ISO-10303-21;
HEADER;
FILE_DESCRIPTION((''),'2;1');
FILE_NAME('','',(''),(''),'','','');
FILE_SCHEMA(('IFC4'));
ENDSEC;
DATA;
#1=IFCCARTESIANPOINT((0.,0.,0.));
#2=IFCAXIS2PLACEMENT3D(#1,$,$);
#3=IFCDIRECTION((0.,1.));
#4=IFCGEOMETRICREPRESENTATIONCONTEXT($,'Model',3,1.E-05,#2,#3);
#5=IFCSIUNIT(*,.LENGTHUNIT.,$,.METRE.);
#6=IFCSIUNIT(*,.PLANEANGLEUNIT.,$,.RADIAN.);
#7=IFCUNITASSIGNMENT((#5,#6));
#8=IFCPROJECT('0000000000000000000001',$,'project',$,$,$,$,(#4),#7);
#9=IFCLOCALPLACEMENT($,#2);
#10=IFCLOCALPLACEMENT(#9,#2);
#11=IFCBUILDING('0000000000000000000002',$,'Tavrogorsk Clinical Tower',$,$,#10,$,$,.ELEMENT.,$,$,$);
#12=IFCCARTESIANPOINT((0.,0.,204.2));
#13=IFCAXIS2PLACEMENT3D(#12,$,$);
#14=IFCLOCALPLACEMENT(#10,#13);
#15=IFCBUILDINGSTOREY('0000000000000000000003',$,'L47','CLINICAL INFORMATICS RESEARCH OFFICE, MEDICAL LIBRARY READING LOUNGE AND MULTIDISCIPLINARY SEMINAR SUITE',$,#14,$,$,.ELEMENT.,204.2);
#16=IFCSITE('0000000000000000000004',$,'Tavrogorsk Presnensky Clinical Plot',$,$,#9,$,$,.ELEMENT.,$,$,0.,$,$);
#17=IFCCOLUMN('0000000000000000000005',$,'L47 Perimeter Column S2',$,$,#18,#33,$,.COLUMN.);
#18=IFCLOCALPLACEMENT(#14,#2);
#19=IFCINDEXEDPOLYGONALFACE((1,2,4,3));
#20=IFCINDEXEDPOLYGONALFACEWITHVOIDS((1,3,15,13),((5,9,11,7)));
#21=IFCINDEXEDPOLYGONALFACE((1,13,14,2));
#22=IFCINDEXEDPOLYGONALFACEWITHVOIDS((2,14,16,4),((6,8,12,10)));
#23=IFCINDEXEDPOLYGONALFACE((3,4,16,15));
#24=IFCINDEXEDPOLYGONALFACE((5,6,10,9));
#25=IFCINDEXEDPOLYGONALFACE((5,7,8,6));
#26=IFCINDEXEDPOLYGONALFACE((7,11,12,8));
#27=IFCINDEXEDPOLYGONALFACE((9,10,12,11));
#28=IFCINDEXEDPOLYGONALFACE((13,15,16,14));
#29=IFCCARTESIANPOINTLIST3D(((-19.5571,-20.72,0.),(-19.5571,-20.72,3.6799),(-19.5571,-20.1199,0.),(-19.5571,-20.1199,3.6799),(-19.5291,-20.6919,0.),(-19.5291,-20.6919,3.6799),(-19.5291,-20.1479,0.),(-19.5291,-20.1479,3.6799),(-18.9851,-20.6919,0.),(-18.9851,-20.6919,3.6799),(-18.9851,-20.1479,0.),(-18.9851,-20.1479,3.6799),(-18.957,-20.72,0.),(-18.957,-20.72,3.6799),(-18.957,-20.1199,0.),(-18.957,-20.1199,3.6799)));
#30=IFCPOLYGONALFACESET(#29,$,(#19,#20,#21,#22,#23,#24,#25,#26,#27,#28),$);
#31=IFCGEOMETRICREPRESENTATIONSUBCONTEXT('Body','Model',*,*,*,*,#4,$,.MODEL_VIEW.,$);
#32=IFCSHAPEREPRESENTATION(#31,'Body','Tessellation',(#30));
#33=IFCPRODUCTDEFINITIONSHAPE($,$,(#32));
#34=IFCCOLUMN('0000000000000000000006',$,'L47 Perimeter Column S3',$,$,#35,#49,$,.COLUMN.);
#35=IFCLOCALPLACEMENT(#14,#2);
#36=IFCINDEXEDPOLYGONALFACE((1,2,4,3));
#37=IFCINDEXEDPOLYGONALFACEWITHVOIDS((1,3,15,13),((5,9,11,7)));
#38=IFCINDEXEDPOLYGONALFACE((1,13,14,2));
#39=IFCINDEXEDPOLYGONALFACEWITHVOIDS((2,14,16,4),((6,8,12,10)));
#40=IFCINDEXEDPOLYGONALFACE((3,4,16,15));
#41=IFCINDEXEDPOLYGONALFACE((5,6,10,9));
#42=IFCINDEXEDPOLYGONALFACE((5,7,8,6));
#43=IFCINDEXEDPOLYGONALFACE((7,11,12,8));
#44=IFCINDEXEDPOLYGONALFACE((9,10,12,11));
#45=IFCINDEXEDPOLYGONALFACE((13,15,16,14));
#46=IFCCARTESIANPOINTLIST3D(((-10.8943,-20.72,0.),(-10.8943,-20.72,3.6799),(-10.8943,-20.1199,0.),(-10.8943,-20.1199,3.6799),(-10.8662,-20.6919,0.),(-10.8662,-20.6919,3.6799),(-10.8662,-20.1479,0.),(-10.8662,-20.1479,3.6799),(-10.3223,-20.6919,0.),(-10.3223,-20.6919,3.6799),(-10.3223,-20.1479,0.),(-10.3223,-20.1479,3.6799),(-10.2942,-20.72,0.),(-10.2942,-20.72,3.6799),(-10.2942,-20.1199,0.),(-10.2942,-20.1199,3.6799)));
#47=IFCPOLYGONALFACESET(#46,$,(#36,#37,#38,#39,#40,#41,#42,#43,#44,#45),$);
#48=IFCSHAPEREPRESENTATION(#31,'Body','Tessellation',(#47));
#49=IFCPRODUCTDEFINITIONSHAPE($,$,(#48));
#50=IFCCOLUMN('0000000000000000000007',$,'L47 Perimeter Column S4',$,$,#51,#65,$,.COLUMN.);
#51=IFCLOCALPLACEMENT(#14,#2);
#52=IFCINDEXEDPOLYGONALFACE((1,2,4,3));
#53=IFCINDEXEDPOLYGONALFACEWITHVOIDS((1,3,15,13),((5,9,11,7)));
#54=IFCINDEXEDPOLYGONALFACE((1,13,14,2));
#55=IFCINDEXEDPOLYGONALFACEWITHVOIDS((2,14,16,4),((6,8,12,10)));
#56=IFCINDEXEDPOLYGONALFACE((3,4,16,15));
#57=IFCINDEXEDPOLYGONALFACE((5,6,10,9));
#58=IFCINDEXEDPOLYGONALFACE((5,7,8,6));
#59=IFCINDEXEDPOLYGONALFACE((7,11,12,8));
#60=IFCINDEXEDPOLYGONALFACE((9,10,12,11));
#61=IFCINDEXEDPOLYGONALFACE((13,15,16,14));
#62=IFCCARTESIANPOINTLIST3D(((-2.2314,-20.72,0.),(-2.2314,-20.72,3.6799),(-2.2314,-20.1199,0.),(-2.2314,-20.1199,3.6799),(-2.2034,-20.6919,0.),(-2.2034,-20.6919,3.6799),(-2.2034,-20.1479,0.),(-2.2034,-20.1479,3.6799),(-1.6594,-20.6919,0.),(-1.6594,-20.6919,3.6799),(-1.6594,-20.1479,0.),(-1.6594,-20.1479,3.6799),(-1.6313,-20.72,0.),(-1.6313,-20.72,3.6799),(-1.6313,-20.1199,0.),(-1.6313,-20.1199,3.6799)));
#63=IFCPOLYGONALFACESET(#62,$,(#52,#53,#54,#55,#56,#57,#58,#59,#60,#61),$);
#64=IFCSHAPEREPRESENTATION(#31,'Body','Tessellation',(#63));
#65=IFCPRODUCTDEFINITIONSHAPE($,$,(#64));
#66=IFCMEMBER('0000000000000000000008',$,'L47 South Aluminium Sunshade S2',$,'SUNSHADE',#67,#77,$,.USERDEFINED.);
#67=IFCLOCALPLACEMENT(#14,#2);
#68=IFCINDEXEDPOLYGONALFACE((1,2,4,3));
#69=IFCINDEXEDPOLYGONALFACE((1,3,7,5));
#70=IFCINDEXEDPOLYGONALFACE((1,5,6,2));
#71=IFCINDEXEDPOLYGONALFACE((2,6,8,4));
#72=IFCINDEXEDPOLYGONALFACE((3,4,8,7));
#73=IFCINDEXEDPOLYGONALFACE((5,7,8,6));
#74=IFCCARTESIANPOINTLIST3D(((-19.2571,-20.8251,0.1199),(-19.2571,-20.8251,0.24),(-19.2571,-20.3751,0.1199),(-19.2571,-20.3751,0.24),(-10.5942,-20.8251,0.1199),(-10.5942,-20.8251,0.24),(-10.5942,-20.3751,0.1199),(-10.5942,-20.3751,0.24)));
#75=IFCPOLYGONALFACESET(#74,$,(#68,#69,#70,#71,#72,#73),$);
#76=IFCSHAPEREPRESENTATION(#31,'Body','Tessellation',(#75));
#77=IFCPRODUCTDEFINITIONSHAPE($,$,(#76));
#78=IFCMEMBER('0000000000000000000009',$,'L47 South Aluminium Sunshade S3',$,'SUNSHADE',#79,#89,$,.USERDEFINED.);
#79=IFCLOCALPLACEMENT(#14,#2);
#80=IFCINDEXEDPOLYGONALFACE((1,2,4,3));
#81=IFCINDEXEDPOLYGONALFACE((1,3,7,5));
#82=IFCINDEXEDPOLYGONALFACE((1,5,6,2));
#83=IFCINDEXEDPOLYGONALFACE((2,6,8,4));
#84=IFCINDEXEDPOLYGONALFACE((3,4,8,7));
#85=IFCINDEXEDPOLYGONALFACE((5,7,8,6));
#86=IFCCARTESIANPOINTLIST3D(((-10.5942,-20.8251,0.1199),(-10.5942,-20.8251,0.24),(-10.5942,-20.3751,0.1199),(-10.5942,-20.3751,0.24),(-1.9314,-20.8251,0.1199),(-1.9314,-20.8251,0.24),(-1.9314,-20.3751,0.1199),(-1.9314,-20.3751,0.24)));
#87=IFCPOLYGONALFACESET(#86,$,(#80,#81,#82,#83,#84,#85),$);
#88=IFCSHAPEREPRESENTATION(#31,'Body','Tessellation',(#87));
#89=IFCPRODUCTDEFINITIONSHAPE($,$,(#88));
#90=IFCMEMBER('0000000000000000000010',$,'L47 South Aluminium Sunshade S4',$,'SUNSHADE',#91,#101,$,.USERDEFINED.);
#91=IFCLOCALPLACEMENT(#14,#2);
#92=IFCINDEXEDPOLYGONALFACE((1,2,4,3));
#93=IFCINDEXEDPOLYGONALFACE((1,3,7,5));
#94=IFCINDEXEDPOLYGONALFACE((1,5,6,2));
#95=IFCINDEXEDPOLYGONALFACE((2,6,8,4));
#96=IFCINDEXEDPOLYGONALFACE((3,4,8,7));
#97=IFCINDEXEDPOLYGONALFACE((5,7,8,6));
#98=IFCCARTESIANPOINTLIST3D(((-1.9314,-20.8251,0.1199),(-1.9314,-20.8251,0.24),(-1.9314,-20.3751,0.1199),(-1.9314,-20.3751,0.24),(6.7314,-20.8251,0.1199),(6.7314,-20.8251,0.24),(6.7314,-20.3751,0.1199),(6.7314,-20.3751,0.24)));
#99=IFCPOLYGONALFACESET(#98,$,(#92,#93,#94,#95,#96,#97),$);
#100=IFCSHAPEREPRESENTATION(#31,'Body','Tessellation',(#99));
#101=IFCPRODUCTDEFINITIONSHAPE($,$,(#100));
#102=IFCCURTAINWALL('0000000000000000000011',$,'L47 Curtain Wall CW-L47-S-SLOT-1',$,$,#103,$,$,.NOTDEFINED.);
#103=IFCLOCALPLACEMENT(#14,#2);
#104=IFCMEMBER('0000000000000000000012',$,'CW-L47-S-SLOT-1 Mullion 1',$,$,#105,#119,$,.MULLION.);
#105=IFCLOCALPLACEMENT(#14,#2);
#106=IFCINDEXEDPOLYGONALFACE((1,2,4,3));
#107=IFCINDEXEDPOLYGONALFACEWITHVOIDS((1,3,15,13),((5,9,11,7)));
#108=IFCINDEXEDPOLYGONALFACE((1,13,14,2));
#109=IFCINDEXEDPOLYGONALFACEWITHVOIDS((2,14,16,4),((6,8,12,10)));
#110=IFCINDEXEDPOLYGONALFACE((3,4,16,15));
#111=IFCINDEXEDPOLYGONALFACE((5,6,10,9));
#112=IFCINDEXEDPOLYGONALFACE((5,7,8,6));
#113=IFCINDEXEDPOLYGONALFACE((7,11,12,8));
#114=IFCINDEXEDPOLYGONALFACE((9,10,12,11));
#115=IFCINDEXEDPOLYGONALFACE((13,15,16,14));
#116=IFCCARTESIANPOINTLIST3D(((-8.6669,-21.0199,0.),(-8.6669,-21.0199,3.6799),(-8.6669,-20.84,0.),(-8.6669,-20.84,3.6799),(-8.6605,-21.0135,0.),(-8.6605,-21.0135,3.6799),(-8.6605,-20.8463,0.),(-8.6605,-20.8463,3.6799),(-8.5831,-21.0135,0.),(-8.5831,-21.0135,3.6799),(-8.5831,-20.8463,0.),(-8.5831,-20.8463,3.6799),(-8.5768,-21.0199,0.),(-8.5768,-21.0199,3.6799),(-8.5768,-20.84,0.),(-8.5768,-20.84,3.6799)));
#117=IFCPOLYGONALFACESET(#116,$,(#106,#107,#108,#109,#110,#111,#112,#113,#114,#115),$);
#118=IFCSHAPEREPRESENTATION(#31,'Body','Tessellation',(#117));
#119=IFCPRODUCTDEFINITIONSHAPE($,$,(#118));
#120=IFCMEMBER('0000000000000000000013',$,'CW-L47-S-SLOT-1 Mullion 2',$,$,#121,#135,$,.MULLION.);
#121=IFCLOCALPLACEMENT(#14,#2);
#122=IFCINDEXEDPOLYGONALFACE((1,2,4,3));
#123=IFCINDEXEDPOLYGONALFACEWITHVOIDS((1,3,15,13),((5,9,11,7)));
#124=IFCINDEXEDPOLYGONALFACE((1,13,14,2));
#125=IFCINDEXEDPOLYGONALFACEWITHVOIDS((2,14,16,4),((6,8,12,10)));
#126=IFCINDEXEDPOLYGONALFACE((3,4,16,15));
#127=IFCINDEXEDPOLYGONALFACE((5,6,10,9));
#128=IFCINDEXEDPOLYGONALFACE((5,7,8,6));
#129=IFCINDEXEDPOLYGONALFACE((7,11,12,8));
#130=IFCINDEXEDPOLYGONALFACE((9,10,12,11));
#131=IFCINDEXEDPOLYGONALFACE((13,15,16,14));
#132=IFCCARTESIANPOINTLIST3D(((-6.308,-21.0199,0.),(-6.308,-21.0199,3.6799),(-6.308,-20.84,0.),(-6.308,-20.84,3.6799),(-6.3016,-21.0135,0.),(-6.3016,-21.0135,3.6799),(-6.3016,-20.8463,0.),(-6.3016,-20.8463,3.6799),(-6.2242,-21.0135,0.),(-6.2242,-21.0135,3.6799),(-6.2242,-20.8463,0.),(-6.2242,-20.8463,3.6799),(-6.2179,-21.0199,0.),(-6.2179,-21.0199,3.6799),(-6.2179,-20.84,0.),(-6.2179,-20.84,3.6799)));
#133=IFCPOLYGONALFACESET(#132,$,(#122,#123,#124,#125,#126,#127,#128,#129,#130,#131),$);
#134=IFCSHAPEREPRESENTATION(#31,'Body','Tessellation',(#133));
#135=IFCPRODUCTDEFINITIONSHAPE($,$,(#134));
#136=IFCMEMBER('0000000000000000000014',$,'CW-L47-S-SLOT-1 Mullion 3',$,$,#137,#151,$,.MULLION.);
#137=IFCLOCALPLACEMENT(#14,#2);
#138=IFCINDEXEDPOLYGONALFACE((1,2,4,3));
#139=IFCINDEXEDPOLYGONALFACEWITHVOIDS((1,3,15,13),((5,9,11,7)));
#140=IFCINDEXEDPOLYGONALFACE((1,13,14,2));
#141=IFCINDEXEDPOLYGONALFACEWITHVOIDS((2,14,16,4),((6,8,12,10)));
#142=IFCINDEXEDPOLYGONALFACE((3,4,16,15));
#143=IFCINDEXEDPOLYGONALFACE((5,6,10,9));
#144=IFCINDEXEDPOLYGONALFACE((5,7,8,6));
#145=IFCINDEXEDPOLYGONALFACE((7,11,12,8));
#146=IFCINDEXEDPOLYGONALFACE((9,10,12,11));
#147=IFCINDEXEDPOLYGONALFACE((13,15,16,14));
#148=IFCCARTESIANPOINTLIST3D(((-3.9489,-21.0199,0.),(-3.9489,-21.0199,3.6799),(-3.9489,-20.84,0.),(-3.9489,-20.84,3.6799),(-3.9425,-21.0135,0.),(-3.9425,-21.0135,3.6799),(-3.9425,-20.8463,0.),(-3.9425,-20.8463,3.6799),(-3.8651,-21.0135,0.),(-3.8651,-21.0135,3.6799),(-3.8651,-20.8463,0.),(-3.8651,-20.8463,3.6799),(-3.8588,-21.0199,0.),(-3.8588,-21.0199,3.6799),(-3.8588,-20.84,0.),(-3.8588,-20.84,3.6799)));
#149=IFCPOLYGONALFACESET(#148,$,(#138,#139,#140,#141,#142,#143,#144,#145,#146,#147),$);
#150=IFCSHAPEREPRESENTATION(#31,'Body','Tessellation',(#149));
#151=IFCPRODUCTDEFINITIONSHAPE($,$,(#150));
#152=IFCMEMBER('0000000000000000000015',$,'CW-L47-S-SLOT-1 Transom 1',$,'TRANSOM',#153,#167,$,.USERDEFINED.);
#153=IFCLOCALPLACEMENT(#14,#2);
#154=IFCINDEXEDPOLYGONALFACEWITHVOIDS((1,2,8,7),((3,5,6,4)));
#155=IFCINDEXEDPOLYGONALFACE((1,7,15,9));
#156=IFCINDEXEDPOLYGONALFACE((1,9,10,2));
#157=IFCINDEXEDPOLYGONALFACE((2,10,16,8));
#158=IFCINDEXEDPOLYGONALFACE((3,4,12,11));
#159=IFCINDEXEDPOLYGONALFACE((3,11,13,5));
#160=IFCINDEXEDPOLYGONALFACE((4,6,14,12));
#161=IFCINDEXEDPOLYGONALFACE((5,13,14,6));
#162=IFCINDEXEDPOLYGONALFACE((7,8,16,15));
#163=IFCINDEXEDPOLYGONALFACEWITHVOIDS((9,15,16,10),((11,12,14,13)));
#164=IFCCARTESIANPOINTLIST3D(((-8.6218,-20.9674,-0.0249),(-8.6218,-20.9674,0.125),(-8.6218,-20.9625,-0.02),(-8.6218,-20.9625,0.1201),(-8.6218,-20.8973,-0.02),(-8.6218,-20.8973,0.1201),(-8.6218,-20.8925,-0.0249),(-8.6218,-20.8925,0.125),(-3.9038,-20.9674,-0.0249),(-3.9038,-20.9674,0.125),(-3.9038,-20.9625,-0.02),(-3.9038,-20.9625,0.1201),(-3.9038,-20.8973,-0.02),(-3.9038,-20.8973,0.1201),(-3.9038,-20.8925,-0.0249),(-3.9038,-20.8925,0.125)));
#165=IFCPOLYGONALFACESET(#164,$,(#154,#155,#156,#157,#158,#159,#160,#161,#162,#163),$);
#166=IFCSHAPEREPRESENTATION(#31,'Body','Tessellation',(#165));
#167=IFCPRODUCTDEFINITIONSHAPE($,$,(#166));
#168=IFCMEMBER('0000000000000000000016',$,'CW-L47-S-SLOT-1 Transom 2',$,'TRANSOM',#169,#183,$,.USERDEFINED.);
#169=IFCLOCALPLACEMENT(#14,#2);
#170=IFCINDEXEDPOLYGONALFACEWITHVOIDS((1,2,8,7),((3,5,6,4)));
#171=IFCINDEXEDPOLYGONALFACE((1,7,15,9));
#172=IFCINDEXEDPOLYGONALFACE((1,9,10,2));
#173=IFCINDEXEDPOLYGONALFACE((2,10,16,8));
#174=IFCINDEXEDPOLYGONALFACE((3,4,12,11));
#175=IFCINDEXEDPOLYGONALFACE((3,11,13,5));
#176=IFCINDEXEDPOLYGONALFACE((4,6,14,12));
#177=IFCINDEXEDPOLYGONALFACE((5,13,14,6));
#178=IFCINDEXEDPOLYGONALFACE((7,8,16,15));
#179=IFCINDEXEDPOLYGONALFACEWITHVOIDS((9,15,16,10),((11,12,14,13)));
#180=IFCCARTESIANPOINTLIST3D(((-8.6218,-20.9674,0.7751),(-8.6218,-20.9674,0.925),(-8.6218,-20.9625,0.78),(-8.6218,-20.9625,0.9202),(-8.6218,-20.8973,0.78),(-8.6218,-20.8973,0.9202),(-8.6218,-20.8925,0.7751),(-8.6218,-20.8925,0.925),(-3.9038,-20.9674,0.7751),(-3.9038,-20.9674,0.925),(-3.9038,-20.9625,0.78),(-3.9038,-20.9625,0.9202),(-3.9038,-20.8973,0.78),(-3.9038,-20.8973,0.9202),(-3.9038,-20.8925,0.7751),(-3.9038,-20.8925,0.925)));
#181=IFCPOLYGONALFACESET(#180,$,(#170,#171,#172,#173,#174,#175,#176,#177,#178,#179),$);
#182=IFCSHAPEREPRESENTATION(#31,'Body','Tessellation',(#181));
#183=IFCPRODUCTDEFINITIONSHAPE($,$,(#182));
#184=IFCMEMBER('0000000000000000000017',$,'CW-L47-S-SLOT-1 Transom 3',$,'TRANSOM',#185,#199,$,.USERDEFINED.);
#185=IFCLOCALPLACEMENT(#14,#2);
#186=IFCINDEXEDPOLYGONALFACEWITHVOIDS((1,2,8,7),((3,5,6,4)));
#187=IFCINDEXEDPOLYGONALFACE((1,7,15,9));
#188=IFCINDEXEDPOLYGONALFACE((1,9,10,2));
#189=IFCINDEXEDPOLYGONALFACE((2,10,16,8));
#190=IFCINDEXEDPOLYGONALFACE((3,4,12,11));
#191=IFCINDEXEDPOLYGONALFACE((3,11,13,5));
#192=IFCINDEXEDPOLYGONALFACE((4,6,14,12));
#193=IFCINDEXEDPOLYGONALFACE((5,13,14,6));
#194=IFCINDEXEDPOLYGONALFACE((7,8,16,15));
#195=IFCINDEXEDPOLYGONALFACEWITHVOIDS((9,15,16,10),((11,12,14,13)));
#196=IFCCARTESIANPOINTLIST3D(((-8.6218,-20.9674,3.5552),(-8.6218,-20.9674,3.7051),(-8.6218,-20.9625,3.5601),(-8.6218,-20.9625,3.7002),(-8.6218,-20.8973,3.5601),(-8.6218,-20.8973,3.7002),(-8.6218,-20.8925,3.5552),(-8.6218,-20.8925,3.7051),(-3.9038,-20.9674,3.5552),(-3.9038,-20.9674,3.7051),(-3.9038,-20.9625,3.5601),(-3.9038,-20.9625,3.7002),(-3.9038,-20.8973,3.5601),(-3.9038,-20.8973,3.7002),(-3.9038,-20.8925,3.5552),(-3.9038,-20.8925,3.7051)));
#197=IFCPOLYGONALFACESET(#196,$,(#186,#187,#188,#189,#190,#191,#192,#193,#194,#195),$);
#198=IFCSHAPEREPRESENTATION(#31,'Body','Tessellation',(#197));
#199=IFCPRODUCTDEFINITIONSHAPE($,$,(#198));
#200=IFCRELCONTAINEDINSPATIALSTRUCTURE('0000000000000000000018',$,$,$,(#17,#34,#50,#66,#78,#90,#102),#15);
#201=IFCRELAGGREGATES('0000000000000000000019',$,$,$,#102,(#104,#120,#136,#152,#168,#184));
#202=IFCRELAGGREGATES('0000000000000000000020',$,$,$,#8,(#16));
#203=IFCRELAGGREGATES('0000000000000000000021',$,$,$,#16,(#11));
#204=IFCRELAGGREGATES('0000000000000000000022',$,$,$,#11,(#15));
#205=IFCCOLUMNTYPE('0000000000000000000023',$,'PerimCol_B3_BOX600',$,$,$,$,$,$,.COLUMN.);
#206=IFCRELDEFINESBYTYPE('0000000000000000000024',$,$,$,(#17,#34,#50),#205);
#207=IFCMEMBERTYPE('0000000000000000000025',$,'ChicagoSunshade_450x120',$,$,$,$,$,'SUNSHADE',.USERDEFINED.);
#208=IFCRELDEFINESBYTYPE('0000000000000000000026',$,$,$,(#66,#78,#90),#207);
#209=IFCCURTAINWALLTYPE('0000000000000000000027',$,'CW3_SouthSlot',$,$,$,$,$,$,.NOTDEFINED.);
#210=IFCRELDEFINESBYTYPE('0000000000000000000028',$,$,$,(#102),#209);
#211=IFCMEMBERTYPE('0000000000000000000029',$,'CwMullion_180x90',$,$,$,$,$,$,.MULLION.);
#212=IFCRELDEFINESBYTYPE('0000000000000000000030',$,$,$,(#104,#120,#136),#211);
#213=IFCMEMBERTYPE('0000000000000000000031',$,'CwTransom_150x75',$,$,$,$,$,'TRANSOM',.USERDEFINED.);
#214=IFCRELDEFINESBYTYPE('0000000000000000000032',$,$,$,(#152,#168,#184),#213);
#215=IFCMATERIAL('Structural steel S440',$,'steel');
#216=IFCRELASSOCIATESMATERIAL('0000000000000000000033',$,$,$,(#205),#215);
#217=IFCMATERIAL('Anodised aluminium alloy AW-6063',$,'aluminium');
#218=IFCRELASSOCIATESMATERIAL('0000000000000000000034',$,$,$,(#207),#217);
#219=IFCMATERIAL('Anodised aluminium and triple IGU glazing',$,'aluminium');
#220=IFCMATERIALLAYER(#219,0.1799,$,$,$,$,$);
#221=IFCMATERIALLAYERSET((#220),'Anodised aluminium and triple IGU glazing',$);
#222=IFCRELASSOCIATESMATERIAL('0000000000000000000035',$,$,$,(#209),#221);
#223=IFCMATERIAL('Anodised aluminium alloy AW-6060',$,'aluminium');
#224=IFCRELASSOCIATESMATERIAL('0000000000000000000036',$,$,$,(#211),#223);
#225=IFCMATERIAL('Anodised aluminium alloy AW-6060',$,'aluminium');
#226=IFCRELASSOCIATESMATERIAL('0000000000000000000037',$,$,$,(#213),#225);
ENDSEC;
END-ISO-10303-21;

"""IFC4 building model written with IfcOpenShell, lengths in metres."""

from ifc_helpers import new_model, si_unit, direction, frame, origin, origin_2d, place, context, subcontext, project, spatial, rectangle, hollow_rectangle, extrude, material, layer, layer_set, material_profile, profile_set, type_object, element, aggregate, save


model = new_model("IFC4")

# Units and contexts
model_context = context("Model", 3, precision=1e-05, world=origin(), true_north=direction((0.0, 1.0)))
body_context = subcontext(model_context, "Body", "Model", "MODEL_VIEW")
ifc_project = project(units=[si_unit("LENGTHUNIT", "METRE"), si_unit("PLANEANGLEUNIT", "RADIAN")], contexts=[model_context])

# Site, building, storey
site_placement = place(None, origin())
site = spatial("IfcSite", under=ifc_project, at=site_placement, Name="Tavrogorsk Presnensky Clinical Plot", CompositionType="ELEMENT", RefElevation=0.0)
building_placement = place(site_placement, origin())
building = spatial("IfcBuilding", under=site, at=building_placement, Name="Tavrogorsk Clinical Tower", CompositionType="ELEMENT")
storey_placement = place(building_placement, frame((0.0, 0.0, 204.2)))
storey = spatial("IfcBuildingStorey", under=building, at=storey_placement, Name="L47", Description="CLINICAL INFORMATICS RESEARCH OFFICE, MEDICAL LIBRARY READING LOUNGE AND MULTIDISCIPLINARY SEMINAR SUITE", CompositionType="ELEMENT", Elevation=204.2)

# Columns
ifc_material_1 = material(Name="Structural steel S440", Category="steel")
ifc_material_profile_1 = material_profile(ifc_material_1, hollow_rectangle(XDim=0.6001, YDim=0.6001, WallThickness=0.0281, at=origin_2d()), Name="BOX-600x600x28")
ifc_profile_set_1 = profile_set([ifc_material_profile_1], Name="Structural steel S440")
column_type = type_object("IfcColumnType", Name="PerimCol_B3_BOX600", PredefinedType="COLUMN", material=ifc_profile_set_1)
for number, where, z_axis, x_axis, name in (
    (1, (-19.2571, -20.4199, 0.0), (0.0, 0.0, 1.0), (1.0, 0.0, 0.0), "L47 Perimeter Column S2"),
    (2, (-10.5942, -20.4199, 0.0), (0.0, 0.0, 1.0), (1.0, 0.0, 0.0), "L47 Perimeter Column S3"),
    (3, (-1.9314, -20.4199, 0.0), (0.0, 0.0, 1.0), (1.0, 0.0, 0.0), "L47 Perimeter Column S4"),
):
    element("IfcColumn", number, at=place(storey_placement, frame(where, z_axis=z_axis, x_axis=x_axis)), inside=storey, type_object=column_type, Name=name, PredefinedType="COLUMN", context=body_context, shape_type="SweptSolid", body=[
        extrude(hollow_rectangle(XDim=0.6001, YDim=0.6001, WallThickness=0.0281, at=origin_2d()), origin(), (0.0, 0.0, 1.0), 3.6799),
    ])

# Members
ifc_material_2 = material(Name="Anodised aluminium alloy AW-6063", Category="aluminium")
ifc_material_profile_2 = material_profile(ifc_material_2, rectangle(XDim=0.45, YDim=0.1201, at=origin_2d()), Name="ALU-SUNSHADE-450x120")
ifc_profile_set_2 = profile_set([ifc_material_profile_2], Name="Anodised aluminium alloy AW-6063")
member_type_1 = type_object("IfcMemberType", Name="ChicagoSunshade_450x120", ElementType="SUNSHADE", PredefinedType="USERDEFINED", material=ifc_profile_set_2)
for number, where, z_axis, x_axis, name in (
    (4, (-19.2571, -20.6001, 0.1799), (1.0, 0.0, 0.0), (0.0, 1.0, 0.0), "L47 South Aluminium Sunshade S2"),
    (5, (-10.5942, -20.6001, 0.1799), (1.0, 0.0, 0.0), (0.0, 1.0, 0.0), "L47 South Aluminium Sunshade S3"),
    (6, (-1.9314, -20.6001, 0.1799), (1.0, 0.0, 0.0), (0.0, 1.0, 0.0), "L47 South Aluminium Sunshade S4"),
):
    element("IfcMember", number, at=place(storey_placement, frame(where, z_axis=z_axis, x_axis=x_axis)), inside=storey, type_object=member_type_1, Name=name, ObjectType="SUNSHADE", PredefinedType="USERDEFINED", context=body_context, shape_type="SweptSolid", body=[
        extrude(rectangle(XDim=0.45, YDim=0.1201, at=origin_2d()), origin(), (0.0, 0.0, 1.0), 8.6628),
    ])

# Curtain wall, members
ifc_material_3 = material(Name="Anodised aluminium and triple IGU glazing", Category="aluminium")
ifc_layer_1 = layer(ifc_material_3, 0.1799)
ifc_layer_set_1 = layer_set([ifc_layer_1], Name="Anodised aluminium and triple IGU glazing")
curtain_wall_type = type_object("IfcCurtainWallType", Name="CW3_SouthSlot", PredefinedType="NOTDEFINED", material=ifc_layer_set_1)
curtain_wall_placement = place(storey_placement, origin())
curtain_wall = element("IfcCurtainWall", 7, at=curtain_wall_placement, inside=storey, type_object=curtain_wall_type, Name="L47 Curtain Wall CW-L47-S-SLOT-1", PredefinedType="NOTDEFINED")
ifc_material_4 = material(Name="Anodised aluminium alloy AW-6060", Category="aluminium")
ifc_material_profile_3 = material_profile(ifc_material_4, hollow_rectangle(XDim=0.0901, YDim=0.1799, WallThickness=0.0063, at=origin_2d()), Name="RHS-180x90x6.3")
ifc_profile_set_3 = profile_set([ifc_material_profile_3], Name="Anodised aluminium alloy AW-6060")
member_type_2 = type_object("IfcMemberType", Name="CwMullion_180x90", PredefinedType="MULLION", material=ifc_profile_set_3)
member_1_placement = place(storey_placement, frame((-8.6218, -20.9299, 0.0), z_axis=(0.0, 0.0, 1.0), x_axis=(1.0, 0.0, 0.0)))
member_1 = element("IfcMember", 8, at=member_1_placement, type_object=member_type_2, Name="CW-L47-S-SLOT-1 Mullion 1", PredefinedType="MULLION", context=body_context, shape_type="SweptSolid", body=[
    extrude(hollow_rectangle(XDim=0.0901, YDim=0.1799, WallThickness=0.0063, at=origin_2d()), origin(), (0.0, 0.0, 1.0), 3.6799),
])
member_2_placement = place(storey_placement, frame((-6.2629, -20.9299, 0.0), z_axis=(0.0, 0.0, 1.0), x_axis=(1.0, 0.0, 0.0)))
member_2 = element("IfcMember", 9, at=member_2_placement, type_object=member_type_2, Name="CW-L47-S-SLOT-1 Mullion 2", PredefinedType="MULLION", context=body_context, shape_type="SweptSolid", body=[
    extrude(hollow_rectangle(XDim=0.0901, YDim=0.1799, WallThickness=0.0063, at=origin_2d()), origin(), (0.0, 0.0, 1.0), 3.6799),
])
member_3_placement = place(storey_placement, frame((-3.9038, -20.9299, 0.0), z_axis=(0.0, 0.0, 1.0), x_axis=(1.0, 0.0, 0.0)))
member_3 = element("IfcMember", 10, at=member_3_placement, type_object=member_type_2, Name="CW-L47-S-SLOT-1 Mullion 3", PredefinedType="MULLION", context=body_context, shape_type="SweptSolid", body=[
    extrude(hollow_rectangle(XDim=0.0901, YDim=0.1799, WallThickness=0.0063, at=origin_2d()), origin(), (0.0, 0.0, 1.0), 3.6799),
])
ifc_material_5 = material(Name="Anodised aluminium alloy AW-6060", Category="aluminium")
ifc_material_profile_4 = material_profile(ifc_material_5, hollow_rectangle(XDim=0.075, YDim=0.1499, WallThickness=0.0049, at=origin_2d()), Name="RHS-150x75x5")
ifc_profile_set_4 = profile_set([ifc_material_profile_4], Name="Anodised aluminium alloy AW-6060")
member_type_3 = type_object("IfcMemberType", Name="CwTransom_150x75", ElementType="TRANSOM", PredefinedType="USERDEFINED", material=ifc_profile_set_4)
member_4_placement = place(storey_placement, frame((-8.6218, -20.9299, 0.05), z_axis=(1.0, 0.0, 0.0), x_axis=(0.0, 1.0, 0.0)))
member_4 = element("IfcMember", 11, at=member_4_placement, type_object=member_type_3, Name="CW-L47-S-SLOT-1 Transom 1", ObjectType="TRANSOM", PredefinedType="USERDEFINED", context=body_context, shape_type="SweptSolid", body=[
    extrude(hollow_rectangle(XDim=0.075, YDim=0.1499, WallThickness=0.0049, at=origin_2d()), origin(), (0.0, 0.0, 1.0), 4.718),
])
member_5_placement = place(storey_placement, frame((-8.6218, -20.9299, 0.8501), z_axis=(1.0, 0.0, 0.0), x_axis=(0.0, 1.0, 0.0)))
member_5 = element("IfcMember", 12, at=member_5_placement, type_object=member_type_3, Name="CW-L47-S-SLOT-1 Transom 2", ObjectType="TRANSOM", PredefinedType="USERDEFINED", context=body_context, shape_type="SweptSolid", body=[
    extrude(hollow_rectangle(XDim=0.075, YDim=0.1499, WallThickness=0.0049, at=origin_2d()), origin(), (0.0, 0.0, 1.0), 4.718),
])
member_6_placement = place(storey_placement, frame((-8.6218, -20.9299, 3.6301), z_axis=(1.0, 0.0, 0.0), x_axis=(0.0, 1.0, 0.0)))
member_6 = element("IfcMember", 13, at=member_6_placement, type_object=member_type_3, Name="CW-L47-S-SLOT-1 Transom 3", ObjectType="TRANSOM", PredefinedType="USERDEFINED", context=body_context, shape_type="SweptSolid", body=[
    extrude(hollow_rectangle(XDim=0.075, YDim=0.1499, WallThickness=0.0049, at=origin_2d()), origin(), (0.0, 0.0, 1.0), 4.718),
])

aggregate(curtain_wall, [member_1, member_2, member_3, member_4, member_5, member_6])

save(model, "model.ifc")
